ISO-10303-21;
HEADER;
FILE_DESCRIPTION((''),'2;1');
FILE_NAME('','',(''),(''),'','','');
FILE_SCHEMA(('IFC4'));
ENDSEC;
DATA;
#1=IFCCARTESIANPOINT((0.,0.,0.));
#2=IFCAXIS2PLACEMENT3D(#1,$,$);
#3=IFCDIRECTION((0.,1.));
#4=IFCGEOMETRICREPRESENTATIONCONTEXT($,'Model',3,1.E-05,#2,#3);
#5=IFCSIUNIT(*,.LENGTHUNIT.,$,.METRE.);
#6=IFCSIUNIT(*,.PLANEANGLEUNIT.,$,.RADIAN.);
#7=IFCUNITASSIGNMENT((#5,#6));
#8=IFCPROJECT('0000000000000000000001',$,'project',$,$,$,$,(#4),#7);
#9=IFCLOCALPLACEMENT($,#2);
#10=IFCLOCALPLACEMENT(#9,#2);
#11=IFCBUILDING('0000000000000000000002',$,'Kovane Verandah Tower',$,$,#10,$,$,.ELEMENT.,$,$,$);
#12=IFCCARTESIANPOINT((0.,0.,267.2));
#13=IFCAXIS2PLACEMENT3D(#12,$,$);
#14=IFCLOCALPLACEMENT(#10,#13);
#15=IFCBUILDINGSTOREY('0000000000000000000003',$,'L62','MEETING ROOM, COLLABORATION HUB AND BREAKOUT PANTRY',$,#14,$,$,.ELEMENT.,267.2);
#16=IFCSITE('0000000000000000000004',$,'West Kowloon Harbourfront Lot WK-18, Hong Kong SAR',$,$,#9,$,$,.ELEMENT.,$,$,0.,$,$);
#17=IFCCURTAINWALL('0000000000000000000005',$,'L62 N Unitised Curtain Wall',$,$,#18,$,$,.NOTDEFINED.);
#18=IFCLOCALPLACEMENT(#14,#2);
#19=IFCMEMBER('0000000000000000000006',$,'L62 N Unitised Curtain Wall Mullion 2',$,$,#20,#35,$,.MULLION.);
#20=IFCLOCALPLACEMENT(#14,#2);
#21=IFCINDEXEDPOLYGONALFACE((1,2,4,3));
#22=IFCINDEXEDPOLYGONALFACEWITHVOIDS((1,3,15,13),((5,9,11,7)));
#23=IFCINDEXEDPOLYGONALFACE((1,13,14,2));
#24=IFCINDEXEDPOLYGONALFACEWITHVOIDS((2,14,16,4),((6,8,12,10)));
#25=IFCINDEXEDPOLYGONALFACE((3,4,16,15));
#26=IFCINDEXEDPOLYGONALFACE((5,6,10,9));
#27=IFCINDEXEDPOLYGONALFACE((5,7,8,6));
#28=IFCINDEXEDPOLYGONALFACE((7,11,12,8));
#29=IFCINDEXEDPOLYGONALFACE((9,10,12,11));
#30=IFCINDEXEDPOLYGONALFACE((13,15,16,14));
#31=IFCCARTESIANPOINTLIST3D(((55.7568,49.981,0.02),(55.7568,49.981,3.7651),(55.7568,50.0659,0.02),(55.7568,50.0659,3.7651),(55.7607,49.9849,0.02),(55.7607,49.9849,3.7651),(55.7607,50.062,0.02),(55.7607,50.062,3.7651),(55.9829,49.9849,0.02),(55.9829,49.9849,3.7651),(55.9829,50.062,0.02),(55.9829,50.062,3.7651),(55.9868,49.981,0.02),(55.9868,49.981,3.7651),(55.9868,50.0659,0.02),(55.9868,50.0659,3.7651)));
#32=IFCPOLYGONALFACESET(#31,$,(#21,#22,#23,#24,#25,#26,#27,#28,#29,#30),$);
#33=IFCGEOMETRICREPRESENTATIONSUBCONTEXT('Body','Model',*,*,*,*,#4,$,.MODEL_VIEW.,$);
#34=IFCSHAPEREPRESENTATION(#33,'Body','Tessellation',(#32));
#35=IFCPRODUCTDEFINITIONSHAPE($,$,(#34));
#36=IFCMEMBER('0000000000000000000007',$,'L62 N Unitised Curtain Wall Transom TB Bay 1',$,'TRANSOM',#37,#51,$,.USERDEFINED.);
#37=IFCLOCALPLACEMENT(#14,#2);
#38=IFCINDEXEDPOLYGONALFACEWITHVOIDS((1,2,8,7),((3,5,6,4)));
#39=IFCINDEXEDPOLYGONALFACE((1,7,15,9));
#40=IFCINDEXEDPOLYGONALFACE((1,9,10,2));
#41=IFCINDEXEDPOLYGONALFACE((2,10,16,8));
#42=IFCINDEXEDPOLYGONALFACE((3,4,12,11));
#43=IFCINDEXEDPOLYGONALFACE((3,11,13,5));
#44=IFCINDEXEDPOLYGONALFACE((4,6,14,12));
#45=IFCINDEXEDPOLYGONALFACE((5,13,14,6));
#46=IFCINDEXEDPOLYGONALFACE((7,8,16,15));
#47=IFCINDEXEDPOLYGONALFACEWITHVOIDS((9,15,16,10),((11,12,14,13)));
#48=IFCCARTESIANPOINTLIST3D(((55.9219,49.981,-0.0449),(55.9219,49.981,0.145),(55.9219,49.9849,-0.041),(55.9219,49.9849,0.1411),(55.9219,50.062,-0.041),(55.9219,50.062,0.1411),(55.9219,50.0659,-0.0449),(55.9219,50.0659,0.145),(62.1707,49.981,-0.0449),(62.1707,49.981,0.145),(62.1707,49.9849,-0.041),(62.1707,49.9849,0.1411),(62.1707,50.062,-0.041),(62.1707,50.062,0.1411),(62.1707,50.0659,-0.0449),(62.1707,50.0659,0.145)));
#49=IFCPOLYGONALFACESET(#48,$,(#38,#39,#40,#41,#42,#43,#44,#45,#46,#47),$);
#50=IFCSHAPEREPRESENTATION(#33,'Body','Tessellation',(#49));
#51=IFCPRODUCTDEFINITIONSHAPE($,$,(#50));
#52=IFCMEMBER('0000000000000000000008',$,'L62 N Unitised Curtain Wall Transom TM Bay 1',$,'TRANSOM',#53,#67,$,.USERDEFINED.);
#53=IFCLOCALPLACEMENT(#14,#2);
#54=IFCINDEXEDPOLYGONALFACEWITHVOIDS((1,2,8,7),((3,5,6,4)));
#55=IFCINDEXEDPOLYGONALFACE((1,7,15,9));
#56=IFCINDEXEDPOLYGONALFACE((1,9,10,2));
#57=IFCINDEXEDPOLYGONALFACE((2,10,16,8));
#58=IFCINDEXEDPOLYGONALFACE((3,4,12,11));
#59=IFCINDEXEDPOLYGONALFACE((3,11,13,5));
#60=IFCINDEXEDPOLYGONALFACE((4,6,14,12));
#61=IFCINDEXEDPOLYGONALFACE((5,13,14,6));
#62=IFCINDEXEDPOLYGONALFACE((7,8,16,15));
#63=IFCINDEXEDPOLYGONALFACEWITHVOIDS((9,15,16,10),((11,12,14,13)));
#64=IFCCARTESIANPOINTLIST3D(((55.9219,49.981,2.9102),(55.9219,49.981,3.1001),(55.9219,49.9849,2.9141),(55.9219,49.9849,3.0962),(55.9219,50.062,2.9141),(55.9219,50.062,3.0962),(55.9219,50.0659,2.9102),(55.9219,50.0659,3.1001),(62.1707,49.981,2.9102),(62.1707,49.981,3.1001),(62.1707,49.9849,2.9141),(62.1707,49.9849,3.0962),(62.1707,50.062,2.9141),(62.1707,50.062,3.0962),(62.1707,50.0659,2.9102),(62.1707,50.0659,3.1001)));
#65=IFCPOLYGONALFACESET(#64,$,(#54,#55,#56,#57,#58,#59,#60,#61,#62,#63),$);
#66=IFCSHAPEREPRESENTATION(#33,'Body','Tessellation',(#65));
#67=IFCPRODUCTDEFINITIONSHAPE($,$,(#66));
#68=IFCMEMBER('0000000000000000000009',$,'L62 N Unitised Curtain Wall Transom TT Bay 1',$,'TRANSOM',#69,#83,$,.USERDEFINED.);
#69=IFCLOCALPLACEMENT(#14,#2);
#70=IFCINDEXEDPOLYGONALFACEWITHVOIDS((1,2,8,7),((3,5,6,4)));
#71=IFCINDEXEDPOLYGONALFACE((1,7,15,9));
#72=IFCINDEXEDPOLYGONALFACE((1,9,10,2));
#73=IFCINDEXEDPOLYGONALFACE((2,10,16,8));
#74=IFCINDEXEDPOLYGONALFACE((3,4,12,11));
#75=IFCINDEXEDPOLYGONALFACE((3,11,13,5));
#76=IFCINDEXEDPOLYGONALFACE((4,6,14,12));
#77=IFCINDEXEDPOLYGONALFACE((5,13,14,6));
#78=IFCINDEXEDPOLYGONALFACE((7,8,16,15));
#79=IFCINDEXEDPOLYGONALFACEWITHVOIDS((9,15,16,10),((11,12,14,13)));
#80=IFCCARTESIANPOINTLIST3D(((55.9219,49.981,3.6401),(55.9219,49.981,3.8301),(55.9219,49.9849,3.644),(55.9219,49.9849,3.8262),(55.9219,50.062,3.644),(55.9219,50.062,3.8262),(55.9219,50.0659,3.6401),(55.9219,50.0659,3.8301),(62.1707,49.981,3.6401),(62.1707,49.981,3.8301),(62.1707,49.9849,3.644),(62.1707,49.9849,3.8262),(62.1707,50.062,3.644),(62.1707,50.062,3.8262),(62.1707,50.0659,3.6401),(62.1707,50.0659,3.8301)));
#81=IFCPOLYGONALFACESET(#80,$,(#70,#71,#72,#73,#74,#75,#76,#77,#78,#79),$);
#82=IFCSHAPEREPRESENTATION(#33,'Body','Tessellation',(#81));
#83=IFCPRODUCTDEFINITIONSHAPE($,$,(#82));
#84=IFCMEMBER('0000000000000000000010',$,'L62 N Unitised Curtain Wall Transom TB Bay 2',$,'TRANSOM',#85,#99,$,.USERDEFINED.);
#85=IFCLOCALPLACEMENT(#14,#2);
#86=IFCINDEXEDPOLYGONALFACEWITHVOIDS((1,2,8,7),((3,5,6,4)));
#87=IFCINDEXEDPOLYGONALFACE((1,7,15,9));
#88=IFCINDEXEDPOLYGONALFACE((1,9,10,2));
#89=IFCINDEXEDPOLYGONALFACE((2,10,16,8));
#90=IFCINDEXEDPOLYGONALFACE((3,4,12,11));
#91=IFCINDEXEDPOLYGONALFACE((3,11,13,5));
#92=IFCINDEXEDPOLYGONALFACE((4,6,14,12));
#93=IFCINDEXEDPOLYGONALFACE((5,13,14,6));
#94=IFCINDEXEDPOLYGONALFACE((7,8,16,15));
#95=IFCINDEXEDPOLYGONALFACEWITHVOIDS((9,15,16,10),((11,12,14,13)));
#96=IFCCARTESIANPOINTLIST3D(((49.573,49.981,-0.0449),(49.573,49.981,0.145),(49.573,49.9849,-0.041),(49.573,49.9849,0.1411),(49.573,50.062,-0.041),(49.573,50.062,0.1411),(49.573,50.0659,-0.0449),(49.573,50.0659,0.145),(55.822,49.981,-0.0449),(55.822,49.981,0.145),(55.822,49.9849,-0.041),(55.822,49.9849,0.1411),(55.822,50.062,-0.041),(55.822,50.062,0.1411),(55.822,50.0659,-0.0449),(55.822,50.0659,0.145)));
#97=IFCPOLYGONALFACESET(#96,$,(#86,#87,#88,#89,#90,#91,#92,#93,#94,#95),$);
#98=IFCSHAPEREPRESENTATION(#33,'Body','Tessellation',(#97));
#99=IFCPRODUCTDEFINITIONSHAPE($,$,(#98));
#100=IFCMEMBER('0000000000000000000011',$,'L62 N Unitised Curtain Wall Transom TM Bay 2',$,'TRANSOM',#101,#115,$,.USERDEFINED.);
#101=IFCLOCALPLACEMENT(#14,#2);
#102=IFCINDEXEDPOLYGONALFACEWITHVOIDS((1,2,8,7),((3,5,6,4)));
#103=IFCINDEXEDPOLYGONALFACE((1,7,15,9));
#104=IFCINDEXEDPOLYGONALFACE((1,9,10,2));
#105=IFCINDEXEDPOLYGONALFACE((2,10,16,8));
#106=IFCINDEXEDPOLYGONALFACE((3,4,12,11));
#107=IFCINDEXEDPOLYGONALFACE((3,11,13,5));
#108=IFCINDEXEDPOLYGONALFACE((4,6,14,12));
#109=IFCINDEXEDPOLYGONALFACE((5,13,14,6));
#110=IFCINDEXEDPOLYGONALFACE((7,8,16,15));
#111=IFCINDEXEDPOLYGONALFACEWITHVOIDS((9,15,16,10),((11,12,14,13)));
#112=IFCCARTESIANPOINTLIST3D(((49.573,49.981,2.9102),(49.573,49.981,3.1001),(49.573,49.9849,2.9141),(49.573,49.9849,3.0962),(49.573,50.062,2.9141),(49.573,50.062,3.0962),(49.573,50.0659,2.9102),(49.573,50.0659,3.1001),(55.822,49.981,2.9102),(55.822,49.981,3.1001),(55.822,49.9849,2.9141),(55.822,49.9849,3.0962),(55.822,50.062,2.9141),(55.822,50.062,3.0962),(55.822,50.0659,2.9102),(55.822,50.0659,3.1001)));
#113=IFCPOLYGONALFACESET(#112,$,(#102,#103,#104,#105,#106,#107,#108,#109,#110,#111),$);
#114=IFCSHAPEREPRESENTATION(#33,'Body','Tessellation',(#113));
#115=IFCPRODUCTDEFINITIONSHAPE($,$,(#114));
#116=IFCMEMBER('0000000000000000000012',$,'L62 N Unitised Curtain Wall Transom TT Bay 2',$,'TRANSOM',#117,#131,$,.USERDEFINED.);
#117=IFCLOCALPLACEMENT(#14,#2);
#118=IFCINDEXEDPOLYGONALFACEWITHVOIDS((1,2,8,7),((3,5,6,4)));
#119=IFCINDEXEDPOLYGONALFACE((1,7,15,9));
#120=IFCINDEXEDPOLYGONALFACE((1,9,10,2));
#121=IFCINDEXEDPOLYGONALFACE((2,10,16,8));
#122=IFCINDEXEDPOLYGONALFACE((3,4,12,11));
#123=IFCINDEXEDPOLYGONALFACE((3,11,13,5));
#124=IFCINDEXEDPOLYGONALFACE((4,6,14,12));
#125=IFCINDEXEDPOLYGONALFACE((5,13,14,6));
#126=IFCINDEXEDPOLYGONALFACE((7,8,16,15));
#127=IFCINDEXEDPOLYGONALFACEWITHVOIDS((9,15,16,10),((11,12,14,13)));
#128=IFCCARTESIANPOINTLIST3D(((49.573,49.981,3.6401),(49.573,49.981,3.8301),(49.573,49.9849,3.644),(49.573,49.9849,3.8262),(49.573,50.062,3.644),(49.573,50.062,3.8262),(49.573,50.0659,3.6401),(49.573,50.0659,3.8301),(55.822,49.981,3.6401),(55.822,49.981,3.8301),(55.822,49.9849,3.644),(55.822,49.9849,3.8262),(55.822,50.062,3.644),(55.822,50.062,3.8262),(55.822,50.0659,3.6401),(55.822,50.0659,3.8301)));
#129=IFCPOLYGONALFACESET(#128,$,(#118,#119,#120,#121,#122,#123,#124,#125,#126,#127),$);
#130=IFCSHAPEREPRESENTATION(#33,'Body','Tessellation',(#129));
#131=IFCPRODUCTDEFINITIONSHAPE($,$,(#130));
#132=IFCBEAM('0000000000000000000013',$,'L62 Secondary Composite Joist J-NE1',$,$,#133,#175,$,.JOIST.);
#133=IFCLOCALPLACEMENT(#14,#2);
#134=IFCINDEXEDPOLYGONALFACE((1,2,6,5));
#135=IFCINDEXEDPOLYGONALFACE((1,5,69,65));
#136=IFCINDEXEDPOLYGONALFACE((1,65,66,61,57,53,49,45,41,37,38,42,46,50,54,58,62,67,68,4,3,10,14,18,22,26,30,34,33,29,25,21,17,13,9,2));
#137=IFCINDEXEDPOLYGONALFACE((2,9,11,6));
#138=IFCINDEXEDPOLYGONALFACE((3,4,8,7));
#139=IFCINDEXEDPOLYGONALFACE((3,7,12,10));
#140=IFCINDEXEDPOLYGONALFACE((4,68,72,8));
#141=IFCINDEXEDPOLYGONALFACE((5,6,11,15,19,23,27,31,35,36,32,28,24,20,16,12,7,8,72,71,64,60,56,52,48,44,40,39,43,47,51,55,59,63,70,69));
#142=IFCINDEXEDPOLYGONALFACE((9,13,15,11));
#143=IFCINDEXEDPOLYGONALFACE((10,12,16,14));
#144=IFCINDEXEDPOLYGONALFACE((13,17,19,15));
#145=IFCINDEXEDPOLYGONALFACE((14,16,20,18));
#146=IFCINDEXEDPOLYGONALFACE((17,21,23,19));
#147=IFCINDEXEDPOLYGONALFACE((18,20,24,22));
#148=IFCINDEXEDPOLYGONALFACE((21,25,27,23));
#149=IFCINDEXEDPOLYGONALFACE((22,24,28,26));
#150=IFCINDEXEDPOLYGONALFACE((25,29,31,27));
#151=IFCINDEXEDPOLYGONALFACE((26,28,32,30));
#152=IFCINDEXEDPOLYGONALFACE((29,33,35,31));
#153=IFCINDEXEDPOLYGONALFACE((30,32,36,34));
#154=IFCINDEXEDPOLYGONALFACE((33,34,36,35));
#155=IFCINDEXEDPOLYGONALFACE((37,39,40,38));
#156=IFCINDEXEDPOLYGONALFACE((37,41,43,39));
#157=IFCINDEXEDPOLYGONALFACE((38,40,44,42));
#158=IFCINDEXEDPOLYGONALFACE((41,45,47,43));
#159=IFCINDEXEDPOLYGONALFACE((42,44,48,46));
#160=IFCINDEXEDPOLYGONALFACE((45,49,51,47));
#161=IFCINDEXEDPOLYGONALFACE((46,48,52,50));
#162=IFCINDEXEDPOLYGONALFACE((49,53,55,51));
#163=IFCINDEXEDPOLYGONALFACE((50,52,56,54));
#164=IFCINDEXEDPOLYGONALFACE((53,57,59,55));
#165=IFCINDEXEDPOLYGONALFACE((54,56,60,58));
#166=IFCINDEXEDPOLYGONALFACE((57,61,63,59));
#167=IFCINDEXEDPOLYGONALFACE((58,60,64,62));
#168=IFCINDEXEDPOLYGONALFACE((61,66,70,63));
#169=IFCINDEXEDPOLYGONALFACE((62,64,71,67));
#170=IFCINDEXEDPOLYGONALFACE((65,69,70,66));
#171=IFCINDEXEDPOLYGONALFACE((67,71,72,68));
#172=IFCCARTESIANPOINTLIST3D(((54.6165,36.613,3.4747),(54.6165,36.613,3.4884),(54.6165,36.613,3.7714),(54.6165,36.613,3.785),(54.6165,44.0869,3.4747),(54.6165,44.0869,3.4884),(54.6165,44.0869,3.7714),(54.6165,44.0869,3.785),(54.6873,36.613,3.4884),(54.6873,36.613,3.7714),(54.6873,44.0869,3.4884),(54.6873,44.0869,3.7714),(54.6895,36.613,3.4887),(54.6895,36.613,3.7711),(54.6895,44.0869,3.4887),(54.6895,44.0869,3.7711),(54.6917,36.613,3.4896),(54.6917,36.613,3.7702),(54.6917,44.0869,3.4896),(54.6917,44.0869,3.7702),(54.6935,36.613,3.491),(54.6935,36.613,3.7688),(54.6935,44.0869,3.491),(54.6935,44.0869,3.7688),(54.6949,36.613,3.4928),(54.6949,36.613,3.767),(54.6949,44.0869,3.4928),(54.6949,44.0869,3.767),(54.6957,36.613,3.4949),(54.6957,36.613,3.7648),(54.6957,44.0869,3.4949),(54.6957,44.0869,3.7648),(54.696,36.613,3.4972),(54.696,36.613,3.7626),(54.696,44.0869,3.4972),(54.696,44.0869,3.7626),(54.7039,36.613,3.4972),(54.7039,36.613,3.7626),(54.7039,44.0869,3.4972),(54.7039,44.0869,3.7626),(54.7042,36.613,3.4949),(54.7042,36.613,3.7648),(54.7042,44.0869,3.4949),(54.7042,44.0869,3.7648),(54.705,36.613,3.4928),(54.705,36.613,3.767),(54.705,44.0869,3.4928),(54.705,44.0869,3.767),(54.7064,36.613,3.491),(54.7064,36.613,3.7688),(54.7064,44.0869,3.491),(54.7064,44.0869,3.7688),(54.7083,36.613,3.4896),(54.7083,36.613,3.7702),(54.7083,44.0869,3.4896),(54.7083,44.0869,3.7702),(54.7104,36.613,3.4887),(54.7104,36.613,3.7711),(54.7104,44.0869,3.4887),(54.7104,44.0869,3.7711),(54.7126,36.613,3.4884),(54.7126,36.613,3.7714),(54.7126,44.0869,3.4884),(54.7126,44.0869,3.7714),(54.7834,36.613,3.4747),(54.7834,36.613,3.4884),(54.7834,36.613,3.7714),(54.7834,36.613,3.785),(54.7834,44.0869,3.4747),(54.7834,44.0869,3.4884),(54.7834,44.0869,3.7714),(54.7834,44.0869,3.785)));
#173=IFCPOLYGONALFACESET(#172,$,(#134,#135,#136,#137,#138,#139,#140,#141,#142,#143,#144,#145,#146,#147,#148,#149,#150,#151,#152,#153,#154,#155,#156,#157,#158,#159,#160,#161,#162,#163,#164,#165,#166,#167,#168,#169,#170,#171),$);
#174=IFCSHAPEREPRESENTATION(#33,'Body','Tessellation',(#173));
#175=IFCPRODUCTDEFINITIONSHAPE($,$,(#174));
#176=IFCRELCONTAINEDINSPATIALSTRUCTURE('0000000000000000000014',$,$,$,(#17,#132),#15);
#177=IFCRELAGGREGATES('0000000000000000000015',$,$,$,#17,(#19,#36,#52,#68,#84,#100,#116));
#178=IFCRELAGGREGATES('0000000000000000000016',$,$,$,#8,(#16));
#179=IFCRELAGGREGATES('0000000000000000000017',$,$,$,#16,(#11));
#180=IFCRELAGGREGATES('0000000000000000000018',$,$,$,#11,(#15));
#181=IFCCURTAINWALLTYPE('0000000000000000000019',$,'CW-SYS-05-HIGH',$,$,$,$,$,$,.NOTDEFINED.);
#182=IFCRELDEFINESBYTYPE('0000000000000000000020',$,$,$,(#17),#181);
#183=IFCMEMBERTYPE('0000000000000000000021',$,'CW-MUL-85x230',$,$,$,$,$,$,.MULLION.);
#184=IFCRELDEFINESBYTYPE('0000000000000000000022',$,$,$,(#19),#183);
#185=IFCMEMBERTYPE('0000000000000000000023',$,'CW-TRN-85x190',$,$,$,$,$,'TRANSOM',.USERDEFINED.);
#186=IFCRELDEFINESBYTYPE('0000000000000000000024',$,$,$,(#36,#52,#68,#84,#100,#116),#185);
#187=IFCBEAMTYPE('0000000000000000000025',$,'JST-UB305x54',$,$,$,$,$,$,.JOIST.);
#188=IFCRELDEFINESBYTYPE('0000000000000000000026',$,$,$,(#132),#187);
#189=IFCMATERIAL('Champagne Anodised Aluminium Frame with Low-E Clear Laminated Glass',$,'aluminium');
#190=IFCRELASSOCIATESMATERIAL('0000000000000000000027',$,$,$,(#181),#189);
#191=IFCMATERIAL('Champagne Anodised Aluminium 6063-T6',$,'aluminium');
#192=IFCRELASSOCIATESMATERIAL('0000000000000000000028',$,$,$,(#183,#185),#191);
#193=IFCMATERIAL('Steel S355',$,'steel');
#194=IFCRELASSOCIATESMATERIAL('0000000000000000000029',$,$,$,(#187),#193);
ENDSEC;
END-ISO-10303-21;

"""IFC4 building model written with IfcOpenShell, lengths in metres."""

from ifc_helpers import new_model, si_unit, direction, frame, origin, origin_2d, place, context, subcontext, project, spatial, hollow_rectangle, i_section, extrude, material, material_profile, profile_set, type_object, element, aggregate, save


model = new_model("IFC4")

# Units and contexts
model_context = context("Model", 3, precision=1e-05, world=origin(), true_north=direction((0.0, 1.0)))
body_context = subcontext(model_context, "Body", "Model", "MODEL_VIEW")
ifc_project = project(units=[si_unit("LENGTHUNIT", "METRE"), si_unit("PLANEANGLEUNIT", "RADIAN")], contexts=[model_context])

# Site, building, storey
site_placement = place(None, origin())
site = spatial("IfcSite", under=ifc_project, at=site_placement, Name="West Kowloon Harbourfront Lot WK-18, Hong Kong SAR", CompositionType="ELEMENT", RefElevation=0.0)
building_placement = place(site_placement, origin())
building = spatial("IfcBuilding", under=site, at=building_placement, Name="Kovane Verandah Tower", CompositionType="ELEMENT")
storey_placement = place(building_placement, frame((0.0, 0.0, 267.2)))
storey = spatial("IfcBuildingStorey", under=building, at=storey_placement, Name="L62", Description="MEETING ROOM, COLLABORATION HUB AND BREAKOUT PANTRY", CompositionType="ELEMENT", Elevation=267.2)

# Shared definitions
ifc_material_1 = material(Name="Steel S355", Category="steel")

# Curtain wall, members
ifc_material_2 = material(Name="Champagne Anodised Aluminium Frame with Low-E Clear Laminated Glass", Category="aluminium")
curtain_wall_type = type_object("IfcCurtainWallType", Name="CW-SYS-05-HIGH", PredefinedType="NOTDEFINED", material=ifc_material_2)
curtain_wall_placement = place(storey_placement, origin())
curtain_wall = element("IfcCurtainWall", 1, at=curtain_wall_placement, inside=storey, type_object=curtain_wall_type, Name="L62 N Unitised Curtain Wall", PredefinedType="NOTDEFINED")
ifc_material_3 = material(Name="Champagne Anodised Aluminium 6063-T6", Category="aluminium")
ifc_material_profile_1 = material_profile(ifc_material_3, hollow_rectangle(XDim=0.085, YDim=0.23, WallThickness=0.0039, at=origin_2d()), Name="AL85x230x4")
ifc_profile_set_1 = profile_set([ifc_material_profile_1], Name="Champagne Anodised Aluminium 6063-T6")
member_type_1 = type_object("IfcMemberType", Name="CW-MUL-85x230", PredefinedType="MULLION", material=ifc_profile_set_1)
member_1_placement = place(storey_placement, frame((55.8718, 50.0234, 0.02), z_axis=(0.0, 0.0, 1.0), x_axis=(0.0, 1.0, 0.0)))
member_1 = element("IfcMember", 2, at=member_1_placement, type_object=member_type_1, Name="L62 N Unitised Curtain Wall Mullion 2", PredefinedType="MULLION", context=body_context, shape_type="SweptSolid", body=[
    extrude(hollow_rectangle(XDim=0.085, YDim=0.23, WallThickness=0.0039, at=origin_2d()), origin(), (0.0, 0.0, 1.0), 3.7451),
])
ifc_material_profile_2 = material_profile(ifc_material_3, hollow_rectangle(XDim=0.085, YDim=0.1899, WallThickness=0.0039, at=origin_2d()), Name="AL85x190x4")
ifc_profile_set_2 = profile_set([ifc_material_profile_2], Name="Champagne Anodised Aluminium 6063-T6")
member_type_2 = type_object("IfcMemberType", Name="CW-TRN-85x190", ElementType="TRANSOM", PredefinedType="USERDEFINED", material=ifc_profile_set_2)
member_2_placement = place(storey_placement, frame((62.1707, 50.0234, 0.05), z_axis=(-1.0, 0.0, 0.0), x_axis=(0.0, -1.0, 0.0)))
member_2 = element("IfcMember", 3, at=member_2_placement, type_object=member_type_2, Name="L62 N Unitised Curtain Wall Transom TB Bay 1", ObjectType="TRANSOM", PredefinedType="USERDEFINED", context=body_context, shape_type="SweptSolid", body=[
    extrude(hollow_rectangle(XDim=0.085, YDim=0.1899, WallThickness=0.0039, at=origin_2d()), origin(), (0.0, 0.0, 1.0), 6.2488),
])
member_3_placement = place(storey_placement, frame((62.1707, 50.0234, 3.0051), z_axis=(-1.0, 0.0, 0.0), x_axis=(0.0, -1.0, 0.0)))
member_3 = element("IfcMember", 4, at=member_3_placement, type_object=member_type_2, Name="L62 N Unitised Curtain Wall Transom TM Bay 1", ObjectType="TRANSOM", PredefinedType="USERDEFINED", context=body_context, shape_type="SweptSolid", body=[
    extrude(hollow_rectangle(XDim=0.085, YDim=0.1899, WallThickness=0.0039, at=origin_2d()), origin(), (0.0, 0.0, 1.0), 6.2488),
])
member_4_placement = place(storey_placement, frame((62.1707, 50.0234, 3.7351), z_axis=(-1.0, 0.0, 0.0), x_axis=(0.0, -1.0, 0.0)))
member_4 = element("IfcMember", 5, at=member_4_placement, type_object=member_type_2, Name="L62 N Unitised Curtain Wall Transom TT Bay 1", ObjectType="TRANSOM", PredefinedType="USERDEFINED", context=body_context, shape_type="SweptSolid", body=[
    extrude(hollow_rectangle(XDim=0.085, YDim=0.1899, WallThickness=0.0039, at=origin_2d()), origin(), (0.0, 0.0, 1.0), 6.2488),
])
member_5_placement = place(storey_placement, frame((55.822, 50.0234, 0.05), z_axis=(-1.0, 0.0, 0.0), x_axis=(0.0, -1.0, 0.0)))
member_5 = element("IfcMember", 6, at=member_5_placement, type_object=member_type_2, Name="L62 N Unitised Curtain Wall Transom TB Bay 2", ObjectType="TRANSOM", PredefinedType="USERDEFINED", context=body_context, shape_type="SweptSolid", body=[
    extrude(hollow_rectangle(XDim=0.085, YDim=0.1899, WallThickness=0.0039, at=origin_2d()), origin(), (0.0, 0.0, 1.0), 6.249),
])
member_6_placement = place(storey_placement, frame((55.822, 50.0234, 3.0051), z_axis=(-1.0, 0.0, 0.0), x_axis=(0.0, -1.0, 0.0)))
member_6 = element("IfcMember", 7, at=member_6_placement, type_object=member_type_2, Name="L62 N Unitised Curtain Wall Transom TM Bay 2", ObjectType="TRANSOM", PredefinedType="USERDEFINED", context=body_context, shape_type="SweptSolid", body=[
    extrude(hollow_rectangle(XDim=0.085, YDim=0.1899, WallThickness=0.0039, at=origin_2d()), origin(), (0.0, 0.0, 1.0), 6.249),
])
member_7_placement = place(storey_placement, frame((55.822, 50.0234, 3.7351), z_axis=(-1.0, 0.0, 0.0), x_axis=(0.0, -1.0, 0.0)))
member_7 = element("IfcMember", 8, at=member_7_placement, type_object=member_type_2, Name="L62 N Unitised Curtain Wall Transom TT Bay 2", ObjectType="TRANSOM", PredefinedType="USERDEFINED", context=body_context, shape_type="SweptSolid", body=[
    extrude(hollow_rectangle(XDim=0.085, YDim=0.1899, WallThickness=0.0039, at=origin_2d()), origin(), (0.0, 0.0, 1.0), 6.249),
])

# Beam
ifc_material_profile_3 = material_profile(ifc_material_1, i_section(OverallWidth=0.167, OverallDepth=0.3103, WebThickness=0.0078, FlangeThickness=0.0137, FilletRadius=0.0088, at=origin_2d()), Name="UB305x165x54")
ifc_profile_set_3 = profile_set([ifc_material_profile_3], Name="Steel S355")
beam_type_1 = type_object("IfcBeamType", Name="JST-UB305x54", PredefinedType="JOIST", material=ifc_profile_set_3)
beam_1_placement = place(storey_placement, frame((54.7, 36.613, 3.6299), z_axis=(0.0, 1.0, 0.0), x_axis=(-1.0, 0.0, 0.0)))
element("IfcBeam", 9, at=beam_1_placement, inside=storey, type_object=beam_type_1, Name="L62 Secondary Composite Joist J-NE1", PredefinedType="JOIST", context=body_context, shape_type="SweptSolid", body=[
    extrude(i_section(OverallWidth=0.167, OverallDepth=0.3103, WebThickness=0.0078, FlangeThickness=0.0137, FilletRadius=0.0088, at=origin_2d()), origin(), (0.0, 0.0, 1.0), 7.4739),
])

aggregate(curtain_wall, [member_1, member_2, member_3, member_4, member_5, member_6, member_7])

save(model, "model.ifc")
